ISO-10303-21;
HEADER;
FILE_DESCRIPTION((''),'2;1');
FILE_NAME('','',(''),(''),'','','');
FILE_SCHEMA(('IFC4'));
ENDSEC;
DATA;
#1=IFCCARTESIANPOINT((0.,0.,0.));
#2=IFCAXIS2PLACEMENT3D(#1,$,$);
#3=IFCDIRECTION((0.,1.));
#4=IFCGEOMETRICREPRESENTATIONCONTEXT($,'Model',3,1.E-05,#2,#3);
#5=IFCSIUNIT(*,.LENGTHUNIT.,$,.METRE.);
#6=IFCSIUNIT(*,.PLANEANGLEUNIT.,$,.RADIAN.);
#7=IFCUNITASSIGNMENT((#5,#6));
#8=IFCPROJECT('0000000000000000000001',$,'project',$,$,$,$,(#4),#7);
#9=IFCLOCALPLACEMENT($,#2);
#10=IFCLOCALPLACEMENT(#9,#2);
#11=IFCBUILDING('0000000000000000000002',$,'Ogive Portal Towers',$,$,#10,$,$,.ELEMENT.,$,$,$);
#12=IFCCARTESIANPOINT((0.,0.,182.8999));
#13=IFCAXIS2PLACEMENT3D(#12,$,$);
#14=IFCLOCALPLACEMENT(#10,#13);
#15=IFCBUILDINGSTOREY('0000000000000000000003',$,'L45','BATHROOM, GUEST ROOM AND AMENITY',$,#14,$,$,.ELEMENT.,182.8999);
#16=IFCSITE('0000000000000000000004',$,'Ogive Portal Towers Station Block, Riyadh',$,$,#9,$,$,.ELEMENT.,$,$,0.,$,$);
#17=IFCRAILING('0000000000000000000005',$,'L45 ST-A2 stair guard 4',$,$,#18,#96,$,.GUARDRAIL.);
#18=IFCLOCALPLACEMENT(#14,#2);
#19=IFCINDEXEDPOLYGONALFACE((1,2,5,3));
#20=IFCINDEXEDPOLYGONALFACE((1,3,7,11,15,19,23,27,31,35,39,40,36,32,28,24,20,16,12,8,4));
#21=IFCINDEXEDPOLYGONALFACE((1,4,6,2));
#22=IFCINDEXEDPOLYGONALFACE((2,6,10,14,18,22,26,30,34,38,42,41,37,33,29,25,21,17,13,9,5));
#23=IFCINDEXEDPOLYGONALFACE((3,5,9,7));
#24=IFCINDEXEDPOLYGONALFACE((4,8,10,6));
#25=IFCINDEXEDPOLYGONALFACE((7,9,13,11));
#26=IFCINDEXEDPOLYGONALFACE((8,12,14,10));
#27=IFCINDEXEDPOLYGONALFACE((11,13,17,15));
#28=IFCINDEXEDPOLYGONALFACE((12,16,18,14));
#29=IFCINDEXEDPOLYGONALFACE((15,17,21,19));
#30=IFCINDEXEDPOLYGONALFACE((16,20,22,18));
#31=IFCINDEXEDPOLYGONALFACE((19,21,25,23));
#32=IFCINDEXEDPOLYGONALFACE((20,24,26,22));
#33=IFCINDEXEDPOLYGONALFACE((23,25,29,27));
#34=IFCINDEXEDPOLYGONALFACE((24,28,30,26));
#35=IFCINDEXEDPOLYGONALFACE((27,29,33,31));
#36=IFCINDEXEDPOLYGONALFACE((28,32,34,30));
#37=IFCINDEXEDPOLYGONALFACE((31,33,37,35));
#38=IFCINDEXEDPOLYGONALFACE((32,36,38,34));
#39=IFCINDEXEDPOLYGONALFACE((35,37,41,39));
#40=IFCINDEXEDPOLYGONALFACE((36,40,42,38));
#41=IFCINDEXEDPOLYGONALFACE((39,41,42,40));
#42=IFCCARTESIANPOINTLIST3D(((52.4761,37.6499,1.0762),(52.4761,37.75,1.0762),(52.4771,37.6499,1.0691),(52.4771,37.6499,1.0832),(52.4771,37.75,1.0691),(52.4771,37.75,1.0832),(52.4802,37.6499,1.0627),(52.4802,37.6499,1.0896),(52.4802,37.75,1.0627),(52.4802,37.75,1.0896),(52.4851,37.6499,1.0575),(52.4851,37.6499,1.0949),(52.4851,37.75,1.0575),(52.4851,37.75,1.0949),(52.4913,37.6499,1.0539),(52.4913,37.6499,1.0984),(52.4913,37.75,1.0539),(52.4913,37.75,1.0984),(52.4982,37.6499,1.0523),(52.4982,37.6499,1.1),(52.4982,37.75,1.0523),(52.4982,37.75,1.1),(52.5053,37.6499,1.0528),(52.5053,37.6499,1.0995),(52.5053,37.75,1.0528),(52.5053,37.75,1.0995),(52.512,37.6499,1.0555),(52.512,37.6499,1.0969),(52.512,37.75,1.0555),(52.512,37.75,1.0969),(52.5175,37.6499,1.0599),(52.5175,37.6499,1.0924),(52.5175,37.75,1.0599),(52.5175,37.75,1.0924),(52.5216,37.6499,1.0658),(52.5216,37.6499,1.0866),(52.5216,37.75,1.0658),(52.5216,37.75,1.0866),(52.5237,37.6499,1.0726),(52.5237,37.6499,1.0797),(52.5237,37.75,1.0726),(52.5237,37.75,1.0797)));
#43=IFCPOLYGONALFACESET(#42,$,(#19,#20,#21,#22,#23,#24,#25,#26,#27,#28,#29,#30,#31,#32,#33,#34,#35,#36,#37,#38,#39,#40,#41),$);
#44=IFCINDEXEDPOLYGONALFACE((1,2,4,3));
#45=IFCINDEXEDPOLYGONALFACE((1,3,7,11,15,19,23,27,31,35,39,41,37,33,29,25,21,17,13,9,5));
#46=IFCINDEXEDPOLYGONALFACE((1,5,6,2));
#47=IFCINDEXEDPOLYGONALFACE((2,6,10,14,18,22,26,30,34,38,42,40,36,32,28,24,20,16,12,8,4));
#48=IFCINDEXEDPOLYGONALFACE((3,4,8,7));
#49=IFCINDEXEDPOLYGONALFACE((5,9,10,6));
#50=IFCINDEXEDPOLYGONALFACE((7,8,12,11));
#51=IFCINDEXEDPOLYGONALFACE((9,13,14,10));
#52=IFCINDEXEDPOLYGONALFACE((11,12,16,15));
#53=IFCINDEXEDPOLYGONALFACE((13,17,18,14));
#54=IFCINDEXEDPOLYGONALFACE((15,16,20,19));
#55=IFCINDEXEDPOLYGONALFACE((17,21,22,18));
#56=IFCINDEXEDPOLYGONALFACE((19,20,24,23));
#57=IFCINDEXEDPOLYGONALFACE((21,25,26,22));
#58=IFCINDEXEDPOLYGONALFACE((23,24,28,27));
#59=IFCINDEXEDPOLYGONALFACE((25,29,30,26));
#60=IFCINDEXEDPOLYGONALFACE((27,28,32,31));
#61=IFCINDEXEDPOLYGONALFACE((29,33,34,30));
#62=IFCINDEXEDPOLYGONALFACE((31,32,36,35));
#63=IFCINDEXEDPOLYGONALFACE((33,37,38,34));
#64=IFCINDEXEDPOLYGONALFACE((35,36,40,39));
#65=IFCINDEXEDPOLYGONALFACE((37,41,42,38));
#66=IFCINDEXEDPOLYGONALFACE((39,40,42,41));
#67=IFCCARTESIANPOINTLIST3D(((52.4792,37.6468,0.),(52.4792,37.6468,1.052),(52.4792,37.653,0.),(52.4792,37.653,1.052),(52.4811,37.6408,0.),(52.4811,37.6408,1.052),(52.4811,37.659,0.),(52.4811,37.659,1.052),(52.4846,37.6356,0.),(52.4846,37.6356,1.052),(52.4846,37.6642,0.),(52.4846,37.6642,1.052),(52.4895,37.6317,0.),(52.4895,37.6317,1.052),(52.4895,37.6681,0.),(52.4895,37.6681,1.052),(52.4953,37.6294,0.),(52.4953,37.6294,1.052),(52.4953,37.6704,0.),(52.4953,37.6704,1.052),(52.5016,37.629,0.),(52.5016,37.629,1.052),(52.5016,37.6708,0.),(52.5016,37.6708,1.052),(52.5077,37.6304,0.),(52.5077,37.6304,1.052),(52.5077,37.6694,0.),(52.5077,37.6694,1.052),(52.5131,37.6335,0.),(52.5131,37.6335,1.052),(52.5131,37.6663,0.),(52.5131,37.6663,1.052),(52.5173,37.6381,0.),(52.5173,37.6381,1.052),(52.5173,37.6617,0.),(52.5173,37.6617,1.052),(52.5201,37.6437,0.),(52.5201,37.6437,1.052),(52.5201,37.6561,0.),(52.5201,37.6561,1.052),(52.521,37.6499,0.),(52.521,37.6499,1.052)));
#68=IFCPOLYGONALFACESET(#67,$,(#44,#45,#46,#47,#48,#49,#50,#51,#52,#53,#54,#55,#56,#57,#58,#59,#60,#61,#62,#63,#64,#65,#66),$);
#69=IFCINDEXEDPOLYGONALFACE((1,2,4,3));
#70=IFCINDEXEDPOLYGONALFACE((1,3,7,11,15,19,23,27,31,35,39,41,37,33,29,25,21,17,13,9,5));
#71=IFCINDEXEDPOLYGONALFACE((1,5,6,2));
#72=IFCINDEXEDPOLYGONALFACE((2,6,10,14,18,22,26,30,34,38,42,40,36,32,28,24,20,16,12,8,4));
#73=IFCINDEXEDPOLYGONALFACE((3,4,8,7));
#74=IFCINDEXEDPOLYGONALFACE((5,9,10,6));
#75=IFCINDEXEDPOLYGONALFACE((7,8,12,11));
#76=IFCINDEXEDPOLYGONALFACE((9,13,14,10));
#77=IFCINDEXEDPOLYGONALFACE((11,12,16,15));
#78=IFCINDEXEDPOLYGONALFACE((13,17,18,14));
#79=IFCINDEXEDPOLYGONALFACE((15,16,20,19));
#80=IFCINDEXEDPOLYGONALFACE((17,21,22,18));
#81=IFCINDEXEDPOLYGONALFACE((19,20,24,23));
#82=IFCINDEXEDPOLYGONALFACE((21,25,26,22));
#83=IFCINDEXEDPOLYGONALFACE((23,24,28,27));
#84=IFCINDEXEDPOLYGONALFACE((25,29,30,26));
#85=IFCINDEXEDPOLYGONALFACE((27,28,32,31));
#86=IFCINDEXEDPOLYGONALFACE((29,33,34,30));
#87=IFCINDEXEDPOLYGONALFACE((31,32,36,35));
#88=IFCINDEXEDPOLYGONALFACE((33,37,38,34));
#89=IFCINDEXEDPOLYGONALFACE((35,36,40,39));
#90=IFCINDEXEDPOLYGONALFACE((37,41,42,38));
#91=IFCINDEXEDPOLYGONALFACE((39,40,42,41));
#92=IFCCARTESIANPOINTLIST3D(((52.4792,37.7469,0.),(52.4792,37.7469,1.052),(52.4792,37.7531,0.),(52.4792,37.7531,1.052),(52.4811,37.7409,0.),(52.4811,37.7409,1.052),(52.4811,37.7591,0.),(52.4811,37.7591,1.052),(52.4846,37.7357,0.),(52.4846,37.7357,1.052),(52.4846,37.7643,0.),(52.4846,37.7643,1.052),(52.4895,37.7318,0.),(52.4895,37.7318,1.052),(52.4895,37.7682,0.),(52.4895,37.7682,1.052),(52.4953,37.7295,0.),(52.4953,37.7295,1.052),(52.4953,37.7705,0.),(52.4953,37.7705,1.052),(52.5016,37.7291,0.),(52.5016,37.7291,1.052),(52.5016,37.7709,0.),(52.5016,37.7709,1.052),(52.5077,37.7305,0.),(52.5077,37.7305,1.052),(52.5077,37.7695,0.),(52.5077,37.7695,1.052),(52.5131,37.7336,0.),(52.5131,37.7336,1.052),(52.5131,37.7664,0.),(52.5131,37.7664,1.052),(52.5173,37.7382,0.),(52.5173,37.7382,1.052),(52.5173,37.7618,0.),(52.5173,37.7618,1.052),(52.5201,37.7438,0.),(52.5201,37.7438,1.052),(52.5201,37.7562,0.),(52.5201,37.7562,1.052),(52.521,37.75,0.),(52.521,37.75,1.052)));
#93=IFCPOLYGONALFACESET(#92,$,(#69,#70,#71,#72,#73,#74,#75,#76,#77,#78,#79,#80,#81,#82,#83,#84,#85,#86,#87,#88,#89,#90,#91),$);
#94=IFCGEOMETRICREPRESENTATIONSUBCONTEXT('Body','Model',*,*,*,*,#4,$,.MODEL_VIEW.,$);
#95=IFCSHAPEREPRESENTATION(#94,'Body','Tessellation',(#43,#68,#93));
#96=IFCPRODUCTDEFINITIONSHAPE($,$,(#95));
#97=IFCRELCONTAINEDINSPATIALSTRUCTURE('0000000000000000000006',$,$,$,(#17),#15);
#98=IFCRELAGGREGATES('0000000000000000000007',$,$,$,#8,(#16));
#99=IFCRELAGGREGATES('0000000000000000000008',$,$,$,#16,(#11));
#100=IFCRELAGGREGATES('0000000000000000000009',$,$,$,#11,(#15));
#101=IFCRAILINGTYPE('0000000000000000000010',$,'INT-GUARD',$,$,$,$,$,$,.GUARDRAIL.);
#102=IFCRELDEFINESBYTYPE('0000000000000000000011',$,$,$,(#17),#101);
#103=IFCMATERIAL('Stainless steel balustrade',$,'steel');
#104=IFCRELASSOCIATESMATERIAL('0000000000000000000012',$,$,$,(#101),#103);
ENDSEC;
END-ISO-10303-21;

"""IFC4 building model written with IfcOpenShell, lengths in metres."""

from ifc_helpers import new_model, si_unit, direction, frame, origin, origin_2d, place, context, subcontext, project, spatial, circle, extrude, material, type_object, element, save


model = new_model("IFC4")

# Units and contexts
model_context = context("Model", 3, precision=1e-05, world=origin(), true_north=direction((0.0, 1.0)))
body_context = subcontext(model_context, "Body", "Model", "MODEL_VIEW")
ifc_project = project(units=[si_unit("LENGTHUNIT", "METRE"), si_unit("PLANEANGLEUNIT", "RADIAN")], contexts=[model_context])

# Site, building, storey
site_placement = place(None, origin())
site = spatial("IfcSite", under=ifc_project, at=site_placement, Name="Ogive Portal Towers Station Block, Riyadh", CompositionType="ELEMENT", RefElevation=0.0)
building_placement = place(site_placement, origin())
building = spatial("IfcBuilding", under=site, at=building_placement, Name="Ogive Portal Towers", CompositionType="ELEMENT")
storey_placement = place(building_placement, frame((0.0, 0.0, 182.8999)))
storey = spatial("IfcBuildingStorey", under=building, at=storey_placement, Name="L45", Description="BATHROOM, GUEST ROOM AND AMENITY", CompositionType="ELEMENT", Elevation=182.8999)

# Railing
ifc_material_1 = material(Name="Stainless steel balustrade", Category="steel")
railing_type_1 = type_object("IfcRailingType", Name="INT-GUARD", PredefinedType="GUARDRAIL", material=ifc_material_1)
railing_1_placement = place(storey_placement, frame((52.5, 37.6499, 0.0)))
element("IfcRailing", 1, at=railing_1_placement, inside=storey, type_object=railing_type_1, Name="L45 ST-A2 stair guard 4", PredefinedType="GUARDRAIL", context=body_context, shape_type="SweptSolid", body=[
    extrude(circle(Radius=0.0239, at=origin_2d()), frame((0.0, 0.0, 1.0762), z_axis=(0.0, 1.0, 0.0), x_axis=(-1.0, 0.0, 0.0)), (0.0, 0.0, 1.0), 0.1001),
    extrude(circle(Radius=0.021, at=origin_2d()), origin(), (0.0, 0.0, 1.0), 1.052),
    extrude(circle(Radius=0.021, at=origin_2d()), frame((0.0, 0.1001, 0.0)), (0.0, 0.0, 1.0), 1.052),
])

save(model, "model.ifc")
